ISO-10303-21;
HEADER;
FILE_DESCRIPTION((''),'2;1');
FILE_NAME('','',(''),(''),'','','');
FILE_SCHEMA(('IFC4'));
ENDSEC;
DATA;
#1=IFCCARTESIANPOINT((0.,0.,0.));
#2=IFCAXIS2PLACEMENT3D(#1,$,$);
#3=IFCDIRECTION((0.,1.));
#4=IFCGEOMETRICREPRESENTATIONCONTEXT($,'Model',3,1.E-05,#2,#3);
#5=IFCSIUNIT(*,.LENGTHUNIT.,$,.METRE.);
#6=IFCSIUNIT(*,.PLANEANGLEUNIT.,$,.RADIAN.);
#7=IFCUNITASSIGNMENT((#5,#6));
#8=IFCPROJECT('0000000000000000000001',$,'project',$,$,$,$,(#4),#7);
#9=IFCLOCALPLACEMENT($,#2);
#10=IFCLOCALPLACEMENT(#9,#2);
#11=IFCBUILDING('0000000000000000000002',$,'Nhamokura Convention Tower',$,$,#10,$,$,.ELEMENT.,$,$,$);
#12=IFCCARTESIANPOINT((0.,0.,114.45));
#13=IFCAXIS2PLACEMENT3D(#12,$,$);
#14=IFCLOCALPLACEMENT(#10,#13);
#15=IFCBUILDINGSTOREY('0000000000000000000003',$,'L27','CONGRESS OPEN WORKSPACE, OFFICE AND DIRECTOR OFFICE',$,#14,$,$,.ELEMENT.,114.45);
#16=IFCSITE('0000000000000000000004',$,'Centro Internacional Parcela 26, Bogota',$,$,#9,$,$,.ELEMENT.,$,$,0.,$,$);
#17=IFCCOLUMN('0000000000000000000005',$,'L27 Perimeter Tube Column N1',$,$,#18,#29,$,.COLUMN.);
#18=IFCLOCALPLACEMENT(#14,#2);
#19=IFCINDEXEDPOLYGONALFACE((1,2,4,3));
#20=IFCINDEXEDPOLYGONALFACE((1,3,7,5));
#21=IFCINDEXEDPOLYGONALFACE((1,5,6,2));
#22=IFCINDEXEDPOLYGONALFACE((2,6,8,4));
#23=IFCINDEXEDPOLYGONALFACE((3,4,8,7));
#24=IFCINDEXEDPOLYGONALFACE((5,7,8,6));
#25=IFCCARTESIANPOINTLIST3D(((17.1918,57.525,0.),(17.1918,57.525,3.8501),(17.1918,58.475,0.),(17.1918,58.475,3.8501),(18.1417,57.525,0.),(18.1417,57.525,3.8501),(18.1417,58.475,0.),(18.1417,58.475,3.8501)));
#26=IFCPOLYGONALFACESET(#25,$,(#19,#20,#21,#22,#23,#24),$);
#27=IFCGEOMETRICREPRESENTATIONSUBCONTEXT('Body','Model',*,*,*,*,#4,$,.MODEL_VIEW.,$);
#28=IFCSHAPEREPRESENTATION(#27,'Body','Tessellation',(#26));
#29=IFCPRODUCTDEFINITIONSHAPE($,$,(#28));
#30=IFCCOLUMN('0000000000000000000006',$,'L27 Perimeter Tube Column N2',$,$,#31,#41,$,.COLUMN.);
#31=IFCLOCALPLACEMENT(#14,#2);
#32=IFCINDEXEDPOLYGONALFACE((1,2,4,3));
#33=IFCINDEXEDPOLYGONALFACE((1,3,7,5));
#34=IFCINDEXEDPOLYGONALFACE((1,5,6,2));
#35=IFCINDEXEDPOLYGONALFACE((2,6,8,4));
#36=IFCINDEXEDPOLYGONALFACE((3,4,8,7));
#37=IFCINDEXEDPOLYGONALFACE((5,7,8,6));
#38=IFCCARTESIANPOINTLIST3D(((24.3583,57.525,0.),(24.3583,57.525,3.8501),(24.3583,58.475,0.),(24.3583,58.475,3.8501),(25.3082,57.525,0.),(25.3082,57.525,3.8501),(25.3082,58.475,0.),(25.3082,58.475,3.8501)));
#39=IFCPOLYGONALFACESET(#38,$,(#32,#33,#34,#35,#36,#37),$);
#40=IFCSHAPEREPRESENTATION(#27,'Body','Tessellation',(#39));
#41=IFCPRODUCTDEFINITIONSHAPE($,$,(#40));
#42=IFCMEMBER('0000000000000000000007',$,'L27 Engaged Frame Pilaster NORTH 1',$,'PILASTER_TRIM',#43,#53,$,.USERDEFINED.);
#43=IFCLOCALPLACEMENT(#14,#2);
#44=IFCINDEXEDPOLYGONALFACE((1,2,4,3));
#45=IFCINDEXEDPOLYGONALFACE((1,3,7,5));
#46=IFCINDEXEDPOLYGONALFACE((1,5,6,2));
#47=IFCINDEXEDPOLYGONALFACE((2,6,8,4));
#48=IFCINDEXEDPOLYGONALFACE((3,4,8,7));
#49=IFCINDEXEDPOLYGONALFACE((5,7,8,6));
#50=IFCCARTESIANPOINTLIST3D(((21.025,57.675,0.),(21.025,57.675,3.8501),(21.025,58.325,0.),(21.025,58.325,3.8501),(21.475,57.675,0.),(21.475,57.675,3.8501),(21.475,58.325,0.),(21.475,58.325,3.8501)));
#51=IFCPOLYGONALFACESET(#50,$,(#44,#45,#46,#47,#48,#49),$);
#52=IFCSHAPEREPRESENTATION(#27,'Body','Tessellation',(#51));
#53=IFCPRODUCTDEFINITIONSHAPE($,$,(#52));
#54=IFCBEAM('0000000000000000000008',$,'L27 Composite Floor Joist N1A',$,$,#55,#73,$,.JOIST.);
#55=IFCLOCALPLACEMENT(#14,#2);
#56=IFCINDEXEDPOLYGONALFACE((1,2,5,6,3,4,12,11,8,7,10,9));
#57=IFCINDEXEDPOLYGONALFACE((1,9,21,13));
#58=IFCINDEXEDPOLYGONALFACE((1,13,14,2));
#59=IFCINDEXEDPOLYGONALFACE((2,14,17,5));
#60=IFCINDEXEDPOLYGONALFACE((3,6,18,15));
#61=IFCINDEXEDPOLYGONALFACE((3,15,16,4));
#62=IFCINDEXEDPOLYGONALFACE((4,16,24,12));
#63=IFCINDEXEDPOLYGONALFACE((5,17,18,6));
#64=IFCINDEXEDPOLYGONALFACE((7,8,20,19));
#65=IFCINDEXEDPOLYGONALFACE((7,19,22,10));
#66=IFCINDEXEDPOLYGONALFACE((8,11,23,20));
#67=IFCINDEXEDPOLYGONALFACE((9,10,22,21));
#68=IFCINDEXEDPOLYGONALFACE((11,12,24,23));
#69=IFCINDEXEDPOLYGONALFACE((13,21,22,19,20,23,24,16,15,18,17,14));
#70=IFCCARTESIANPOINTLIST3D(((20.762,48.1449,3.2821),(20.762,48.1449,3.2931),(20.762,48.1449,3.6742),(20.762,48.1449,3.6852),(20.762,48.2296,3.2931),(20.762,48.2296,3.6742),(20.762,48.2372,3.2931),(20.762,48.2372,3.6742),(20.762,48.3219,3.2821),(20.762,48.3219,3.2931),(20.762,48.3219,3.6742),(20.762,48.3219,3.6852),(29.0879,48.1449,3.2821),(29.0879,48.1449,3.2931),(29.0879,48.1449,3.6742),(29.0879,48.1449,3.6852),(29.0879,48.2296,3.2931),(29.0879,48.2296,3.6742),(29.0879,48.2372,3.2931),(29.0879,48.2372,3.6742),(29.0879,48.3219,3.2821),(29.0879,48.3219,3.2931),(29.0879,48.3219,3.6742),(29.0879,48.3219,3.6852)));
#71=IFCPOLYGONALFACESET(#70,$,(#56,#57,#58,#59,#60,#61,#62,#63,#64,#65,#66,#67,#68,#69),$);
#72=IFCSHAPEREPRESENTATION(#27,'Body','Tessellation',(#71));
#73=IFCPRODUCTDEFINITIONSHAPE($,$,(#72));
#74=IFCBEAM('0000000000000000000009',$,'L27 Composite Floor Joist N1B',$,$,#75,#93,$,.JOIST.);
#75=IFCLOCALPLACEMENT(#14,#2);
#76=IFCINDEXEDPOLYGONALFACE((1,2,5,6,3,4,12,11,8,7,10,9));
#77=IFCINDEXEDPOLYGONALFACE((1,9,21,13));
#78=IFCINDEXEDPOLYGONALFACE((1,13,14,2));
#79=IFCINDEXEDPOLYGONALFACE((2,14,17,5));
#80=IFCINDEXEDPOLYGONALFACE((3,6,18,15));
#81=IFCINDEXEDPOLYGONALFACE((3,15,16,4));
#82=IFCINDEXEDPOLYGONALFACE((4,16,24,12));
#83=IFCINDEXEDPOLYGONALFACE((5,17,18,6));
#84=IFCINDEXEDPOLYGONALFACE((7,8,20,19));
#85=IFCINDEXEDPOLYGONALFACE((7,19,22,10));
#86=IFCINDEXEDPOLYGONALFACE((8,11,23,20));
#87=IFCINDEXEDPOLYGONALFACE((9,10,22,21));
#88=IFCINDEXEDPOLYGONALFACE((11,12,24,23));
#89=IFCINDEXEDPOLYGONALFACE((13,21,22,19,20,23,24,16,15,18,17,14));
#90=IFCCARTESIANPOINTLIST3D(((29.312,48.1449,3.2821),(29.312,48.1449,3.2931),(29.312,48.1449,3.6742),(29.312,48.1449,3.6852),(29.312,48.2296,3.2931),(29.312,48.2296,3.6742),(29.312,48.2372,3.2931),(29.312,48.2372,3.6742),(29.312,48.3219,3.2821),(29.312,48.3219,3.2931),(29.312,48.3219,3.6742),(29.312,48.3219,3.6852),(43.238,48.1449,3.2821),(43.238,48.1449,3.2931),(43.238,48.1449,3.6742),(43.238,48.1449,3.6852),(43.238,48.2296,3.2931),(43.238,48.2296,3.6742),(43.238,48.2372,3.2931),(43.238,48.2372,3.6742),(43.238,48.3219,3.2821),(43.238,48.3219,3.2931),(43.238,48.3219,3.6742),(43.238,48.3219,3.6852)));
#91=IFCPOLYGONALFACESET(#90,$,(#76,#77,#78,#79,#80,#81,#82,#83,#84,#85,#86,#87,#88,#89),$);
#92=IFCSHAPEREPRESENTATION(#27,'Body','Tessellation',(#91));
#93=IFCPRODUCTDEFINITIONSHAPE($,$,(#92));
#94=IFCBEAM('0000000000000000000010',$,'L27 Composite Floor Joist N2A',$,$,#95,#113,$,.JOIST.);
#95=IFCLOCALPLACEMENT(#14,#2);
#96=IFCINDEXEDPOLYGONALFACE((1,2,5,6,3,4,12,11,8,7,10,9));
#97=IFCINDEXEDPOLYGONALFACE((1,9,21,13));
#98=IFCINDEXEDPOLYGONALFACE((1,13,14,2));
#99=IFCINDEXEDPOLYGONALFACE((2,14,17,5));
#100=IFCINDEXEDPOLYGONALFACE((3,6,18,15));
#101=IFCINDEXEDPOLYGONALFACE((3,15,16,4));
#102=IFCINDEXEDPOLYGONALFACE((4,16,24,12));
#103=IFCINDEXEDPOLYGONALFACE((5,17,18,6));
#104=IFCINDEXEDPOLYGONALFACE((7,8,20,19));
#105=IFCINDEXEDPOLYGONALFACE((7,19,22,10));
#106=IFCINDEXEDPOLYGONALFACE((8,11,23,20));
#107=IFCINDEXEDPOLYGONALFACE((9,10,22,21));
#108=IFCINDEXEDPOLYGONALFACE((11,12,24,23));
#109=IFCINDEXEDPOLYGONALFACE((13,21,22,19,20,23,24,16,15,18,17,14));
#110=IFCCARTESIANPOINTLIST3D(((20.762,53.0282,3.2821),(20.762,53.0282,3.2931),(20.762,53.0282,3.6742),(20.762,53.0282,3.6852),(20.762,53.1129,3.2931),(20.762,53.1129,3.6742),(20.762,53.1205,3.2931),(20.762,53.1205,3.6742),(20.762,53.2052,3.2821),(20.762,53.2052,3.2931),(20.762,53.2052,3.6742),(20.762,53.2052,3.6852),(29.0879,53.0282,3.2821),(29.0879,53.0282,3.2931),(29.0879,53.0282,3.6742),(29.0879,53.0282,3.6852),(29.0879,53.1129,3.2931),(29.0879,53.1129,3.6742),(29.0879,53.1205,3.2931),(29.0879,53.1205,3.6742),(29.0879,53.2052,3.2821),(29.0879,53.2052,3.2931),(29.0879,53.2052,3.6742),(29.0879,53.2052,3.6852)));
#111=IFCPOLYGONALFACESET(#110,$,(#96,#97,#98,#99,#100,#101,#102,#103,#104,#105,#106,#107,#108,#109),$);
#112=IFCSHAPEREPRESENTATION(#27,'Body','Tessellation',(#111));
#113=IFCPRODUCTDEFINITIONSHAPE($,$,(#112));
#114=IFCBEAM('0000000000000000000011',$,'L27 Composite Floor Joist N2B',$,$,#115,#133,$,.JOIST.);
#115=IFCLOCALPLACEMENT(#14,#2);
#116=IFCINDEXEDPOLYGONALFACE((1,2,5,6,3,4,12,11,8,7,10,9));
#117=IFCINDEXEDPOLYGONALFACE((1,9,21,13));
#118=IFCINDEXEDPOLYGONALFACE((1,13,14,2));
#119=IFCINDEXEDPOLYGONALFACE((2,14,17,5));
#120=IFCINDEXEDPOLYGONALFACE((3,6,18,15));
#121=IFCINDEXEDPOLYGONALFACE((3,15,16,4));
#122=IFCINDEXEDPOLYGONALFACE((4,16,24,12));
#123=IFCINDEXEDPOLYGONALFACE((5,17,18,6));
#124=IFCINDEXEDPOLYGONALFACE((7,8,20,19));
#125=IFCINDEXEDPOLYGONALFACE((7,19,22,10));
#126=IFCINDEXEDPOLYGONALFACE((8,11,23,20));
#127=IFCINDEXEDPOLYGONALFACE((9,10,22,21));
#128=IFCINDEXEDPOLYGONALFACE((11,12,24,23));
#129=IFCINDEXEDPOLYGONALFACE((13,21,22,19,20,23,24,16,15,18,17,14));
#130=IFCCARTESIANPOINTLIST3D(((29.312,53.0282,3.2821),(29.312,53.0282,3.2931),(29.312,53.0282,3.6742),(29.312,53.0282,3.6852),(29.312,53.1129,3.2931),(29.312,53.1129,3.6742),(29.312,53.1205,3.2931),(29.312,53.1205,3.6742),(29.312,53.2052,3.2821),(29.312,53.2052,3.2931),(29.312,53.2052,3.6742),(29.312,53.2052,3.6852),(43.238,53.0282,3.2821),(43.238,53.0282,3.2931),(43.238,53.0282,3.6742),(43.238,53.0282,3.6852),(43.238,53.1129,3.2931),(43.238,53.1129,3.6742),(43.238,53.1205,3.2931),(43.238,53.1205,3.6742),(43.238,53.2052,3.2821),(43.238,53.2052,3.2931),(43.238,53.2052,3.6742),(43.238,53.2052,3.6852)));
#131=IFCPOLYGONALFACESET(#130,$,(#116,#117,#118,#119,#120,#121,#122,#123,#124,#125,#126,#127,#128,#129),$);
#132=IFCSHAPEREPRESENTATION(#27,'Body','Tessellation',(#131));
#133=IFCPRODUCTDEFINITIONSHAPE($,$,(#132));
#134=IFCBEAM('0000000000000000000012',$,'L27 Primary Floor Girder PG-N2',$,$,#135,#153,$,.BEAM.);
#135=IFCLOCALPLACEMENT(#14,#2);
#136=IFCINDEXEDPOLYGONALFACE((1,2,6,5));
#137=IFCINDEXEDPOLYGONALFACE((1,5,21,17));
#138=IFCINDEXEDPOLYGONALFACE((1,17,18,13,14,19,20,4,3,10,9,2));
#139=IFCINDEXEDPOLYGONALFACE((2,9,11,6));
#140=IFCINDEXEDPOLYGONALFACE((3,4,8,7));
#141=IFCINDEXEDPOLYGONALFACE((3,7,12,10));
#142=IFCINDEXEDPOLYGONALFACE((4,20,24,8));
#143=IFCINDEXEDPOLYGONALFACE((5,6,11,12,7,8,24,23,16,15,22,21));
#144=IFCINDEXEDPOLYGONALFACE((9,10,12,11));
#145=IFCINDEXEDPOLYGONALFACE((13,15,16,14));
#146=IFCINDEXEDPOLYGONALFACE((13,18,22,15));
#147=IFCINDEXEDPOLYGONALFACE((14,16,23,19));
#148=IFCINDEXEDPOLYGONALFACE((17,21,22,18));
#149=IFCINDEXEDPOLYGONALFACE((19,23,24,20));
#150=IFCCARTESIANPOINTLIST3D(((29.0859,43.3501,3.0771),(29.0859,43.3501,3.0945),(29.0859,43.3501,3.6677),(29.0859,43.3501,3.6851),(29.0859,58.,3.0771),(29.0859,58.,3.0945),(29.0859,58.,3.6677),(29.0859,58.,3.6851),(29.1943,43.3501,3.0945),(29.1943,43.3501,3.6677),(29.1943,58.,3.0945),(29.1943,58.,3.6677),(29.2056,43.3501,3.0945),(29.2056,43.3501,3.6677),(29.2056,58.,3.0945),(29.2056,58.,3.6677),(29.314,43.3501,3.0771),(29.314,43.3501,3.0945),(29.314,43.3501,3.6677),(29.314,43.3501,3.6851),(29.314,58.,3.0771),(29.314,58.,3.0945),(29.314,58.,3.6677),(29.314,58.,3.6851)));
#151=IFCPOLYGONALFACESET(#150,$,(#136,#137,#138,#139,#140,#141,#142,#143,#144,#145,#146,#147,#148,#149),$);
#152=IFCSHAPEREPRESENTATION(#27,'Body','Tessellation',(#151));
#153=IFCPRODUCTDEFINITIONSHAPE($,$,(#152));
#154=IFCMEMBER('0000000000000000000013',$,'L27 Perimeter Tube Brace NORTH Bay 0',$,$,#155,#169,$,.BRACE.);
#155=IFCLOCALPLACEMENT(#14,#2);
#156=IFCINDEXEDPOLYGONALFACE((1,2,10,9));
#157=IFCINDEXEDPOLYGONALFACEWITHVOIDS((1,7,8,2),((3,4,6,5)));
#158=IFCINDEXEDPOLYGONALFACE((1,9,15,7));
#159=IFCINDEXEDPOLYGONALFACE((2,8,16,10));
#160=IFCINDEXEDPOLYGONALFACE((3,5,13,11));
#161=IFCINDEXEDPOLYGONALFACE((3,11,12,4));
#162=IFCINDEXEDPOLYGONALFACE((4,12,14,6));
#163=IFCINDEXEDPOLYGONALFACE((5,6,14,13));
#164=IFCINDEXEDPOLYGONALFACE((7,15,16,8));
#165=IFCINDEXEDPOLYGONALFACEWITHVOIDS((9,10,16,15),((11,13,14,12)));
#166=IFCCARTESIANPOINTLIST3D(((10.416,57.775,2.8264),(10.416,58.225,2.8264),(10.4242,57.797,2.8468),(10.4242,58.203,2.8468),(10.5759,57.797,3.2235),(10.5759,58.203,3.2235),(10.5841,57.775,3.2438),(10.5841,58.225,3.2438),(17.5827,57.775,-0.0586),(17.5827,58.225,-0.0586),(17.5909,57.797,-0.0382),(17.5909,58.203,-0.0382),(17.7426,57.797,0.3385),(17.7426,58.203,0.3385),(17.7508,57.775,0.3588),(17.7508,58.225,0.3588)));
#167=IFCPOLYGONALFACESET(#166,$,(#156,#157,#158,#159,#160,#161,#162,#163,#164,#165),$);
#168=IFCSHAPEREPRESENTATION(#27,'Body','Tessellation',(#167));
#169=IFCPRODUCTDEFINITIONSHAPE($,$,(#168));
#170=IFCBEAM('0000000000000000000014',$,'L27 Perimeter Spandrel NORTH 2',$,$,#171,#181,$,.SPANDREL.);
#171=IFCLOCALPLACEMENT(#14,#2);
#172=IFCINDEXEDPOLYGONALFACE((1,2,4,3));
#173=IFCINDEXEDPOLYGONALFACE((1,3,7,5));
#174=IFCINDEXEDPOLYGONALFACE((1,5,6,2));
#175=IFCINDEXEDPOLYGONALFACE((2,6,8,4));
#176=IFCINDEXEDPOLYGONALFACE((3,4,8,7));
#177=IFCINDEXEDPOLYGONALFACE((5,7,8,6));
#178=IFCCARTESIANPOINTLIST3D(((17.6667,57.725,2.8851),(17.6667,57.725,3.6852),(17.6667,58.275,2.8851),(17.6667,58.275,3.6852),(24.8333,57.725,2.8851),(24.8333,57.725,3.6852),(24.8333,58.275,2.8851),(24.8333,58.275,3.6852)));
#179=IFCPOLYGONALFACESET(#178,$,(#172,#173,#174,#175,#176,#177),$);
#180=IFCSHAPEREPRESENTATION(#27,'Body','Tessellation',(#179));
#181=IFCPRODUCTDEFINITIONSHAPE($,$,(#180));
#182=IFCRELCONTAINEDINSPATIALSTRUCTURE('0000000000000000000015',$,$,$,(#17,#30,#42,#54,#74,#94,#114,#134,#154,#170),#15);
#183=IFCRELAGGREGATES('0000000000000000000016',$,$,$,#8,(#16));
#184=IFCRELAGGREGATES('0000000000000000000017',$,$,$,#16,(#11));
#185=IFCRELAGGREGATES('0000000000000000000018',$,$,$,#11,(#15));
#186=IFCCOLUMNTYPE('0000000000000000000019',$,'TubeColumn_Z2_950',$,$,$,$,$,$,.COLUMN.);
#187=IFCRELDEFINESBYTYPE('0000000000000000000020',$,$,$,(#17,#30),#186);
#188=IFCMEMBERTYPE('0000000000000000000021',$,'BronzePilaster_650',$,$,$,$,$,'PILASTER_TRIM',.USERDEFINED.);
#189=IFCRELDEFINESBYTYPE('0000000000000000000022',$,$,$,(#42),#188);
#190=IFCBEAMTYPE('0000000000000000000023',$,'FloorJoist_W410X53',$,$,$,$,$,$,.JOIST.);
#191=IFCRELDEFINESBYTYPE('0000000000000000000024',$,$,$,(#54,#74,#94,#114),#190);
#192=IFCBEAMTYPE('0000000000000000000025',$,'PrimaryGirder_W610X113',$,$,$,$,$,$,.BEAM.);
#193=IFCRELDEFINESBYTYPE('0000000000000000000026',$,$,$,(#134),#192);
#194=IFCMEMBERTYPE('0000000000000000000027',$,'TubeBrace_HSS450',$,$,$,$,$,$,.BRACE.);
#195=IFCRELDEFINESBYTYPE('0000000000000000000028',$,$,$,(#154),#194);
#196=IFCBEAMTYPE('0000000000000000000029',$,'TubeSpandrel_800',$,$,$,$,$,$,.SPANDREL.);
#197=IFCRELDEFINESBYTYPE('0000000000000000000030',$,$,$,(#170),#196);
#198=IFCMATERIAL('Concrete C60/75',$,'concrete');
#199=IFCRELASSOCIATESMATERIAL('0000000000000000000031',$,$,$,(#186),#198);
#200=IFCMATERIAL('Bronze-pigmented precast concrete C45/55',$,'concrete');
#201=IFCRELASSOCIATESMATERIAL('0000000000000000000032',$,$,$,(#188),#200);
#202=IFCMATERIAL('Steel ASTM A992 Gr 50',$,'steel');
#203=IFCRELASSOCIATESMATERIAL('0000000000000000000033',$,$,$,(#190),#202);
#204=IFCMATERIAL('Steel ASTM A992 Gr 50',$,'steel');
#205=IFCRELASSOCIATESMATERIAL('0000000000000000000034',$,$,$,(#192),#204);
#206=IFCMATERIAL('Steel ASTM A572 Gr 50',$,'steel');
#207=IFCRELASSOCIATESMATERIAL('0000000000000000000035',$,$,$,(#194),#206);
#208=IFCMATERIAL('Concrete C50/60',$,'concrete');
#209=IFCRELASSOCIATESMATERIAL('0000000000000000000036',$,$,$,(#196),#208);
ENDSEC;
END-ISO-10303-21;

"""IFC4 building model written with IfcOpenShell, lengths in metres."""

from ifc_helpers import new_model, si_unit, direction, frame, origin, origin_2d, place, context, subcontext, project, spatial, rectangle, hollow_rectangle, i_section, extrude, material, material_profile, profile_set, type_object, element, save


model = new_model("IFC4")

# Units and contexts
model_context = context("Model", 3, precision=1e-05, world=origin(), true_north=direction((0.0, 1.0)))
body_context = subcontext(model_context, "Body", "Model", "MODEL_VIEW")
ifc_project = project(units=[si_unit("LENGTHUNIT", "METRE"), si_unit("PLANEANGLEUNIT", "RADIAN")], contexts=[model_context])

# Site, building, storey
site_placement = place(None, origin())
site = spatial("IfcSite", under=ifc_project, at=site_placement, Name="Centro Internacional Parcela 26, Bogota", CompositionType="ELEMENT", RefElevation=0.0)
building_placement = place(site_placement, origin())
building = spatial("IfcBuilding", under=site, at=building_placement, Name="Nhamokura Convention Tower", CompositionType="ELEMENT")
storey_placement = place(building_placement, frame((0.0, 0.0, 114.45)))
storey = spatial("IfcBuildingStorey", under=building, at=storey_placement, Name="L27", Description="CONGRESS OPEN WORKSPACE, OFFICE AND DIRECTOR OFFICE", CompositionType="ELEMENT", Elevation=114.45)

# Columns
ifc_material_1 = material(Name="Concrete C60/75", Category="concrete")
ifc_material_profile_1 = material_profile(ifc_material_1, rectangle(XDim=0.95, YDim=0.95, at=origin_2d()))
ifc_profile_set_1 = profile_set([ifc_material_profile_1], Name="Concrete C60/75")
column_type = type_object("IfcColumnType", Name="TubeColumn_Z2_950", PredefinedType="COLUMN", material=ifc_profile_set_1)
for number, where, z_axis, x_axis, name in (
    (1, (17.6667, 58.0, 0.0), (0.0, 0.0, 1.0), (1.0, 0.0, 0.0), "L27 Perimeter Tube Column N1"),
    (2, (24.8333, 58.0, 0.0), (0.0, 0.0, 1.0), (1.0, 0.0, 0.0), "L27 Perimeter Tube Column N2"),
):
    element("IfcColumn", number, at=place(storey_placement, frame(where, z_axis=z_axis, x_axis=x_axis)), inside=storey, type_object=column_type, Name=name, PredefinedType="COLUMN", context=body_context, shape_type="SweptSolid", body=[
        extrude(rectangle(XDim=0.95, YDim=0.95, at=origin_2d()), origin(), (0.0, 0.0, 1.0), 3.8501),
    ])

# Member
ifc_material_2 = material(Name="Bronze-pigmented precast concrete C45/55", Category="concrete")
ifc_material_profile_2 = material_profile(ifc_material_2, rectangle(XDim=0.45, YDim=0.6499, at=origin_2d()))
ifc_profile_set_2 = profile_set([ifc_material_profile_2], Name="Bronze-pigmented precast concrete C45/55")
member_type_1 = type_object("IfcMemberType", Name="BronzePilaster_650", ElementType="PILASTER_TRIM", PredefinedType="USERDEFINED", material=ifc_profile_set_2)
member_1_placement = place(storey_placement, frame((21.25, 58.0, 0.0), z_axis=(0.0, 0.0, 1.0), x_axis=(1.0, 0.0, 0.0)))
element("IfcMember", 3, at=member_1_placement, inside=storey, type_object=member_type_1, Name="L27 Engaged Frame Pilaster NORTH 1", ObjectType="PILASTER_TRIM", PredefinedType="USERDEFINED", context=body_context, shape_type="SweptSolid", body=[
    extrude(rectangle(XDim=0.45, YDim=0.6499, at=origin_2d()), origin(), (0.0, 0.0, 1.0), 3.8501),
])

# Beams
ifc_material_3 = material(Name="Steel ASTM A992 Gr 50", Category="steel")
ifc_material_profile_3 = material_profile(ifc_material_3, i_section(OverallWidth=0.177, OverallDepth=0.4031, WebThickness=0.0076, FlangeThickness=0.011, at=origin_2d()))
ifc_profile_set_3 = profile_set([ifc_material_profile_3], Name="Steel ASTM A992 Gr 50")
beam_type_1 = type_object("IfcBeamType", Name="FloorJoist_W410X53", PredefinedType="JOIST", material=ifc_profile_set_3)
beam_1_placement = place(storey_placement, frame((20.762, 48.2334, 3.4836), z_axis=(1.0, 0.0, 0.0), x_axis=(0.0, 1.0, 0.0)))
element("IfcBeam", 4, at=beam_1_placement, inside=storey, type_object=beam_type_1, Name="L27 Composite Floor Joist N1A", PredefinedType="JOIST", context=body_context, shape_type="SweptSolid", body=[
    extrude(i_section(OverallWidth=0.177, OverallDepth=0.4031, WebThickness=0.0076, FlangeThickness=0.011, at=origin_2d()), origin(), (0.0, 0.0, 1.0), 8.3259),
])
beam_2_placement = place(storey_placement, frame((29.312, 48.2334, 3.4836), z_axis=(1.0, 0.0, 0.0), x_axis=(0.0, 1.0, 0.0)))
element("IfcBeam", 5, at=beam_2_placement, inside=storey, type_object=beam_type_1, Name="L27 Composite Floor Joist N1B", PredefinedType="JOIST", context=body_context, shape_type="SweptSolid", body=[
    extrude(i_section(OverallWidth=0.177, OverallDepth=0.4031, WebThickness=0.0076, FlangeThickness=0.011, at=origin_2d()), origin(), (0.0, 0.0, 1.0), 13.926),
])
beam_3_placement = place(storey_placement, frame((20.762, 53.1167, 3.4836), z_axis=(1.0, 0.0, 0.0), x_axis=(0.0, 1.0, 0.0)))
element("IfcBeam", 6, at=beam_3_placement, inside=storey, type_object=beam_type_1, Name="L27 Composite Floor Joist N2A", PredefinedType="JOIST", context=body_context, shape_type="SweptSolid", body=[
    extrude(i_section(OverallWidth=0.177, OverallDepth=0.4031, WebThickness=0.0076, FlangeThickness=0.011, at=origin_2d()), origin(), (0.0, 0.0, 1.0), 8.3259),
])
beam_4_placement = place(storey_placement, frame((29.312, 53.1167, 3.4836), z_axis=(1.0, 0.0, 0.0), x_axis=(0.0, 1.0, 0.0)))
element("IfcBeam", 7, at=beam_4_placement, inside=storey, type_object=beam_type_1, Name="L27 Composite Floor Joist N2B", PredefinedType="JOIST", context=body_context, shape_type="SweptSolid", body=[
    extrude(i_section(OverallWidth=0.177, OverallDepth=0.4031, WebThickness=0.0076, FlangeThickness=0.011, at=origin_2d()), origin(), (0.0, 0.0, 1.0), 13.926),
])
ifc_material_4 = material(Name="Steel ASTM A992 Gr 50", Category="steel")
ifc_material_profile_4 = material_profile(ifc_material_4, i_section(OverallWidth=0.228, OverallDepth=0.6079, WebThickness=0.0112, FlangeThickness=0.0173, at=origin_2d()))
ifc_profile_set_4 = profile_set([ifc_material_profile_4], Name="Steel ASTM A992 Gr 50")
beam_type_2 = type_object("IfcBeamType", Name="PrimaryGirder_W610X113", PredefinedType="BEAM", material=ifc_profile_set_4)
beam_5_placement = place(storey_placement, frame((29.2, 43.3501, 3.3811), z_axis=(0.0, 1.0, 0.0), x_axis=(-1.0, 0.0, 0.0)))
element("IfcBeam", 8, at=beam_5_placement, inside=storey, type_object=beam_type_2, Name="L27 Primary Floor Girder PG-N2", PredefinedType="BEAM", context=body_context, shape_type="SweptSolid", body=[
    extrude(i_section(OverallWidth=0.228, OverallDepth=0.6079, WebThickness=0.0112, FlangeThickness=0.0173, at=origin_2d()), origin(), (0.0, 0.0, 1.0), 14.6499),
])

# Member
ifc_material_5 = material(Name="Steel ASTM A572 Gr 50", Category="steel")
ifc_material_profile_5 = material_profile(ifc_material_5, hollow_rectangle(XDim=0.45, YDim=0.45, WallThickness=0.022, at=origin_2d()))
ifc_profile_set_5 = profile_set([ifc_material_profile_5], Name="Steel ASTM A572 Gr 50")
member_type_2 = type_object("IfcMemberType", Name="TubeBrace_HSS450", PredefinedType="BRACE", material=ifc_profile_set_5)
member_2_placement = place(storey_placement, frame((17.6667, 58.0, 0.1501), z_axis=(-0.927657, 0.0, 0.373433), x_axis=(0.0, -1.0, 0.0)))
element("IfcMember", 9, at=member_2_placement, inside=storey, type_object=member_type_2, Name="L27 Perimeter Tube Brace NORTH Bay 0", PredefinedType="BRACE", context=body_context, shape_type="SweptSolid", body=[
    extrude(hollow_rectangle(XDim=0.45, YDim=0.45, WallThickness=0.022, at=origin_2d()), origin(), (0.0, 0.0, 1.0), 7.7256),
])

# Beam
ifc_material_6 = material(Name="Concrete C50/60", Category="concrete")
ifc_material_profile_6 = material_profile(ifc_material_6, rectangle(XDim=0.55, YDim=0.8, at=origin_2d()))
ifc_profile_set_6 = profile_set([ifc_material_profile_6], Name="Concrete C50/60")
beam_type_3 = type_object("IfcBeamType", Name="TubeSpandrel_800", PredefinedType="SPANDREL", material=ifc_profile_set_6)
beam_6_placement = place(storey_placement, frame((17.6667, 58.0, 3.2852), z_axis=(1.0, 0.0, 0.0), x_axis=(0.0, 1.0, 0.0)))
element("IfcBeam", 10, at=beam_6_placement, inside=storey, type_object=beam_type_3, Name="L27 Perimeter Spandrel NORTH 2", PredefinedType="SPANDREL", context=body_context, shape_type="SweptSolid", body=[
    extrude(rectangle(XDim=0.55, YDim=0.8, at=origin_2d()), origin(), (0.0, 0.0, 1.0), 7.1665),
])

save(model, "model.ifc")
